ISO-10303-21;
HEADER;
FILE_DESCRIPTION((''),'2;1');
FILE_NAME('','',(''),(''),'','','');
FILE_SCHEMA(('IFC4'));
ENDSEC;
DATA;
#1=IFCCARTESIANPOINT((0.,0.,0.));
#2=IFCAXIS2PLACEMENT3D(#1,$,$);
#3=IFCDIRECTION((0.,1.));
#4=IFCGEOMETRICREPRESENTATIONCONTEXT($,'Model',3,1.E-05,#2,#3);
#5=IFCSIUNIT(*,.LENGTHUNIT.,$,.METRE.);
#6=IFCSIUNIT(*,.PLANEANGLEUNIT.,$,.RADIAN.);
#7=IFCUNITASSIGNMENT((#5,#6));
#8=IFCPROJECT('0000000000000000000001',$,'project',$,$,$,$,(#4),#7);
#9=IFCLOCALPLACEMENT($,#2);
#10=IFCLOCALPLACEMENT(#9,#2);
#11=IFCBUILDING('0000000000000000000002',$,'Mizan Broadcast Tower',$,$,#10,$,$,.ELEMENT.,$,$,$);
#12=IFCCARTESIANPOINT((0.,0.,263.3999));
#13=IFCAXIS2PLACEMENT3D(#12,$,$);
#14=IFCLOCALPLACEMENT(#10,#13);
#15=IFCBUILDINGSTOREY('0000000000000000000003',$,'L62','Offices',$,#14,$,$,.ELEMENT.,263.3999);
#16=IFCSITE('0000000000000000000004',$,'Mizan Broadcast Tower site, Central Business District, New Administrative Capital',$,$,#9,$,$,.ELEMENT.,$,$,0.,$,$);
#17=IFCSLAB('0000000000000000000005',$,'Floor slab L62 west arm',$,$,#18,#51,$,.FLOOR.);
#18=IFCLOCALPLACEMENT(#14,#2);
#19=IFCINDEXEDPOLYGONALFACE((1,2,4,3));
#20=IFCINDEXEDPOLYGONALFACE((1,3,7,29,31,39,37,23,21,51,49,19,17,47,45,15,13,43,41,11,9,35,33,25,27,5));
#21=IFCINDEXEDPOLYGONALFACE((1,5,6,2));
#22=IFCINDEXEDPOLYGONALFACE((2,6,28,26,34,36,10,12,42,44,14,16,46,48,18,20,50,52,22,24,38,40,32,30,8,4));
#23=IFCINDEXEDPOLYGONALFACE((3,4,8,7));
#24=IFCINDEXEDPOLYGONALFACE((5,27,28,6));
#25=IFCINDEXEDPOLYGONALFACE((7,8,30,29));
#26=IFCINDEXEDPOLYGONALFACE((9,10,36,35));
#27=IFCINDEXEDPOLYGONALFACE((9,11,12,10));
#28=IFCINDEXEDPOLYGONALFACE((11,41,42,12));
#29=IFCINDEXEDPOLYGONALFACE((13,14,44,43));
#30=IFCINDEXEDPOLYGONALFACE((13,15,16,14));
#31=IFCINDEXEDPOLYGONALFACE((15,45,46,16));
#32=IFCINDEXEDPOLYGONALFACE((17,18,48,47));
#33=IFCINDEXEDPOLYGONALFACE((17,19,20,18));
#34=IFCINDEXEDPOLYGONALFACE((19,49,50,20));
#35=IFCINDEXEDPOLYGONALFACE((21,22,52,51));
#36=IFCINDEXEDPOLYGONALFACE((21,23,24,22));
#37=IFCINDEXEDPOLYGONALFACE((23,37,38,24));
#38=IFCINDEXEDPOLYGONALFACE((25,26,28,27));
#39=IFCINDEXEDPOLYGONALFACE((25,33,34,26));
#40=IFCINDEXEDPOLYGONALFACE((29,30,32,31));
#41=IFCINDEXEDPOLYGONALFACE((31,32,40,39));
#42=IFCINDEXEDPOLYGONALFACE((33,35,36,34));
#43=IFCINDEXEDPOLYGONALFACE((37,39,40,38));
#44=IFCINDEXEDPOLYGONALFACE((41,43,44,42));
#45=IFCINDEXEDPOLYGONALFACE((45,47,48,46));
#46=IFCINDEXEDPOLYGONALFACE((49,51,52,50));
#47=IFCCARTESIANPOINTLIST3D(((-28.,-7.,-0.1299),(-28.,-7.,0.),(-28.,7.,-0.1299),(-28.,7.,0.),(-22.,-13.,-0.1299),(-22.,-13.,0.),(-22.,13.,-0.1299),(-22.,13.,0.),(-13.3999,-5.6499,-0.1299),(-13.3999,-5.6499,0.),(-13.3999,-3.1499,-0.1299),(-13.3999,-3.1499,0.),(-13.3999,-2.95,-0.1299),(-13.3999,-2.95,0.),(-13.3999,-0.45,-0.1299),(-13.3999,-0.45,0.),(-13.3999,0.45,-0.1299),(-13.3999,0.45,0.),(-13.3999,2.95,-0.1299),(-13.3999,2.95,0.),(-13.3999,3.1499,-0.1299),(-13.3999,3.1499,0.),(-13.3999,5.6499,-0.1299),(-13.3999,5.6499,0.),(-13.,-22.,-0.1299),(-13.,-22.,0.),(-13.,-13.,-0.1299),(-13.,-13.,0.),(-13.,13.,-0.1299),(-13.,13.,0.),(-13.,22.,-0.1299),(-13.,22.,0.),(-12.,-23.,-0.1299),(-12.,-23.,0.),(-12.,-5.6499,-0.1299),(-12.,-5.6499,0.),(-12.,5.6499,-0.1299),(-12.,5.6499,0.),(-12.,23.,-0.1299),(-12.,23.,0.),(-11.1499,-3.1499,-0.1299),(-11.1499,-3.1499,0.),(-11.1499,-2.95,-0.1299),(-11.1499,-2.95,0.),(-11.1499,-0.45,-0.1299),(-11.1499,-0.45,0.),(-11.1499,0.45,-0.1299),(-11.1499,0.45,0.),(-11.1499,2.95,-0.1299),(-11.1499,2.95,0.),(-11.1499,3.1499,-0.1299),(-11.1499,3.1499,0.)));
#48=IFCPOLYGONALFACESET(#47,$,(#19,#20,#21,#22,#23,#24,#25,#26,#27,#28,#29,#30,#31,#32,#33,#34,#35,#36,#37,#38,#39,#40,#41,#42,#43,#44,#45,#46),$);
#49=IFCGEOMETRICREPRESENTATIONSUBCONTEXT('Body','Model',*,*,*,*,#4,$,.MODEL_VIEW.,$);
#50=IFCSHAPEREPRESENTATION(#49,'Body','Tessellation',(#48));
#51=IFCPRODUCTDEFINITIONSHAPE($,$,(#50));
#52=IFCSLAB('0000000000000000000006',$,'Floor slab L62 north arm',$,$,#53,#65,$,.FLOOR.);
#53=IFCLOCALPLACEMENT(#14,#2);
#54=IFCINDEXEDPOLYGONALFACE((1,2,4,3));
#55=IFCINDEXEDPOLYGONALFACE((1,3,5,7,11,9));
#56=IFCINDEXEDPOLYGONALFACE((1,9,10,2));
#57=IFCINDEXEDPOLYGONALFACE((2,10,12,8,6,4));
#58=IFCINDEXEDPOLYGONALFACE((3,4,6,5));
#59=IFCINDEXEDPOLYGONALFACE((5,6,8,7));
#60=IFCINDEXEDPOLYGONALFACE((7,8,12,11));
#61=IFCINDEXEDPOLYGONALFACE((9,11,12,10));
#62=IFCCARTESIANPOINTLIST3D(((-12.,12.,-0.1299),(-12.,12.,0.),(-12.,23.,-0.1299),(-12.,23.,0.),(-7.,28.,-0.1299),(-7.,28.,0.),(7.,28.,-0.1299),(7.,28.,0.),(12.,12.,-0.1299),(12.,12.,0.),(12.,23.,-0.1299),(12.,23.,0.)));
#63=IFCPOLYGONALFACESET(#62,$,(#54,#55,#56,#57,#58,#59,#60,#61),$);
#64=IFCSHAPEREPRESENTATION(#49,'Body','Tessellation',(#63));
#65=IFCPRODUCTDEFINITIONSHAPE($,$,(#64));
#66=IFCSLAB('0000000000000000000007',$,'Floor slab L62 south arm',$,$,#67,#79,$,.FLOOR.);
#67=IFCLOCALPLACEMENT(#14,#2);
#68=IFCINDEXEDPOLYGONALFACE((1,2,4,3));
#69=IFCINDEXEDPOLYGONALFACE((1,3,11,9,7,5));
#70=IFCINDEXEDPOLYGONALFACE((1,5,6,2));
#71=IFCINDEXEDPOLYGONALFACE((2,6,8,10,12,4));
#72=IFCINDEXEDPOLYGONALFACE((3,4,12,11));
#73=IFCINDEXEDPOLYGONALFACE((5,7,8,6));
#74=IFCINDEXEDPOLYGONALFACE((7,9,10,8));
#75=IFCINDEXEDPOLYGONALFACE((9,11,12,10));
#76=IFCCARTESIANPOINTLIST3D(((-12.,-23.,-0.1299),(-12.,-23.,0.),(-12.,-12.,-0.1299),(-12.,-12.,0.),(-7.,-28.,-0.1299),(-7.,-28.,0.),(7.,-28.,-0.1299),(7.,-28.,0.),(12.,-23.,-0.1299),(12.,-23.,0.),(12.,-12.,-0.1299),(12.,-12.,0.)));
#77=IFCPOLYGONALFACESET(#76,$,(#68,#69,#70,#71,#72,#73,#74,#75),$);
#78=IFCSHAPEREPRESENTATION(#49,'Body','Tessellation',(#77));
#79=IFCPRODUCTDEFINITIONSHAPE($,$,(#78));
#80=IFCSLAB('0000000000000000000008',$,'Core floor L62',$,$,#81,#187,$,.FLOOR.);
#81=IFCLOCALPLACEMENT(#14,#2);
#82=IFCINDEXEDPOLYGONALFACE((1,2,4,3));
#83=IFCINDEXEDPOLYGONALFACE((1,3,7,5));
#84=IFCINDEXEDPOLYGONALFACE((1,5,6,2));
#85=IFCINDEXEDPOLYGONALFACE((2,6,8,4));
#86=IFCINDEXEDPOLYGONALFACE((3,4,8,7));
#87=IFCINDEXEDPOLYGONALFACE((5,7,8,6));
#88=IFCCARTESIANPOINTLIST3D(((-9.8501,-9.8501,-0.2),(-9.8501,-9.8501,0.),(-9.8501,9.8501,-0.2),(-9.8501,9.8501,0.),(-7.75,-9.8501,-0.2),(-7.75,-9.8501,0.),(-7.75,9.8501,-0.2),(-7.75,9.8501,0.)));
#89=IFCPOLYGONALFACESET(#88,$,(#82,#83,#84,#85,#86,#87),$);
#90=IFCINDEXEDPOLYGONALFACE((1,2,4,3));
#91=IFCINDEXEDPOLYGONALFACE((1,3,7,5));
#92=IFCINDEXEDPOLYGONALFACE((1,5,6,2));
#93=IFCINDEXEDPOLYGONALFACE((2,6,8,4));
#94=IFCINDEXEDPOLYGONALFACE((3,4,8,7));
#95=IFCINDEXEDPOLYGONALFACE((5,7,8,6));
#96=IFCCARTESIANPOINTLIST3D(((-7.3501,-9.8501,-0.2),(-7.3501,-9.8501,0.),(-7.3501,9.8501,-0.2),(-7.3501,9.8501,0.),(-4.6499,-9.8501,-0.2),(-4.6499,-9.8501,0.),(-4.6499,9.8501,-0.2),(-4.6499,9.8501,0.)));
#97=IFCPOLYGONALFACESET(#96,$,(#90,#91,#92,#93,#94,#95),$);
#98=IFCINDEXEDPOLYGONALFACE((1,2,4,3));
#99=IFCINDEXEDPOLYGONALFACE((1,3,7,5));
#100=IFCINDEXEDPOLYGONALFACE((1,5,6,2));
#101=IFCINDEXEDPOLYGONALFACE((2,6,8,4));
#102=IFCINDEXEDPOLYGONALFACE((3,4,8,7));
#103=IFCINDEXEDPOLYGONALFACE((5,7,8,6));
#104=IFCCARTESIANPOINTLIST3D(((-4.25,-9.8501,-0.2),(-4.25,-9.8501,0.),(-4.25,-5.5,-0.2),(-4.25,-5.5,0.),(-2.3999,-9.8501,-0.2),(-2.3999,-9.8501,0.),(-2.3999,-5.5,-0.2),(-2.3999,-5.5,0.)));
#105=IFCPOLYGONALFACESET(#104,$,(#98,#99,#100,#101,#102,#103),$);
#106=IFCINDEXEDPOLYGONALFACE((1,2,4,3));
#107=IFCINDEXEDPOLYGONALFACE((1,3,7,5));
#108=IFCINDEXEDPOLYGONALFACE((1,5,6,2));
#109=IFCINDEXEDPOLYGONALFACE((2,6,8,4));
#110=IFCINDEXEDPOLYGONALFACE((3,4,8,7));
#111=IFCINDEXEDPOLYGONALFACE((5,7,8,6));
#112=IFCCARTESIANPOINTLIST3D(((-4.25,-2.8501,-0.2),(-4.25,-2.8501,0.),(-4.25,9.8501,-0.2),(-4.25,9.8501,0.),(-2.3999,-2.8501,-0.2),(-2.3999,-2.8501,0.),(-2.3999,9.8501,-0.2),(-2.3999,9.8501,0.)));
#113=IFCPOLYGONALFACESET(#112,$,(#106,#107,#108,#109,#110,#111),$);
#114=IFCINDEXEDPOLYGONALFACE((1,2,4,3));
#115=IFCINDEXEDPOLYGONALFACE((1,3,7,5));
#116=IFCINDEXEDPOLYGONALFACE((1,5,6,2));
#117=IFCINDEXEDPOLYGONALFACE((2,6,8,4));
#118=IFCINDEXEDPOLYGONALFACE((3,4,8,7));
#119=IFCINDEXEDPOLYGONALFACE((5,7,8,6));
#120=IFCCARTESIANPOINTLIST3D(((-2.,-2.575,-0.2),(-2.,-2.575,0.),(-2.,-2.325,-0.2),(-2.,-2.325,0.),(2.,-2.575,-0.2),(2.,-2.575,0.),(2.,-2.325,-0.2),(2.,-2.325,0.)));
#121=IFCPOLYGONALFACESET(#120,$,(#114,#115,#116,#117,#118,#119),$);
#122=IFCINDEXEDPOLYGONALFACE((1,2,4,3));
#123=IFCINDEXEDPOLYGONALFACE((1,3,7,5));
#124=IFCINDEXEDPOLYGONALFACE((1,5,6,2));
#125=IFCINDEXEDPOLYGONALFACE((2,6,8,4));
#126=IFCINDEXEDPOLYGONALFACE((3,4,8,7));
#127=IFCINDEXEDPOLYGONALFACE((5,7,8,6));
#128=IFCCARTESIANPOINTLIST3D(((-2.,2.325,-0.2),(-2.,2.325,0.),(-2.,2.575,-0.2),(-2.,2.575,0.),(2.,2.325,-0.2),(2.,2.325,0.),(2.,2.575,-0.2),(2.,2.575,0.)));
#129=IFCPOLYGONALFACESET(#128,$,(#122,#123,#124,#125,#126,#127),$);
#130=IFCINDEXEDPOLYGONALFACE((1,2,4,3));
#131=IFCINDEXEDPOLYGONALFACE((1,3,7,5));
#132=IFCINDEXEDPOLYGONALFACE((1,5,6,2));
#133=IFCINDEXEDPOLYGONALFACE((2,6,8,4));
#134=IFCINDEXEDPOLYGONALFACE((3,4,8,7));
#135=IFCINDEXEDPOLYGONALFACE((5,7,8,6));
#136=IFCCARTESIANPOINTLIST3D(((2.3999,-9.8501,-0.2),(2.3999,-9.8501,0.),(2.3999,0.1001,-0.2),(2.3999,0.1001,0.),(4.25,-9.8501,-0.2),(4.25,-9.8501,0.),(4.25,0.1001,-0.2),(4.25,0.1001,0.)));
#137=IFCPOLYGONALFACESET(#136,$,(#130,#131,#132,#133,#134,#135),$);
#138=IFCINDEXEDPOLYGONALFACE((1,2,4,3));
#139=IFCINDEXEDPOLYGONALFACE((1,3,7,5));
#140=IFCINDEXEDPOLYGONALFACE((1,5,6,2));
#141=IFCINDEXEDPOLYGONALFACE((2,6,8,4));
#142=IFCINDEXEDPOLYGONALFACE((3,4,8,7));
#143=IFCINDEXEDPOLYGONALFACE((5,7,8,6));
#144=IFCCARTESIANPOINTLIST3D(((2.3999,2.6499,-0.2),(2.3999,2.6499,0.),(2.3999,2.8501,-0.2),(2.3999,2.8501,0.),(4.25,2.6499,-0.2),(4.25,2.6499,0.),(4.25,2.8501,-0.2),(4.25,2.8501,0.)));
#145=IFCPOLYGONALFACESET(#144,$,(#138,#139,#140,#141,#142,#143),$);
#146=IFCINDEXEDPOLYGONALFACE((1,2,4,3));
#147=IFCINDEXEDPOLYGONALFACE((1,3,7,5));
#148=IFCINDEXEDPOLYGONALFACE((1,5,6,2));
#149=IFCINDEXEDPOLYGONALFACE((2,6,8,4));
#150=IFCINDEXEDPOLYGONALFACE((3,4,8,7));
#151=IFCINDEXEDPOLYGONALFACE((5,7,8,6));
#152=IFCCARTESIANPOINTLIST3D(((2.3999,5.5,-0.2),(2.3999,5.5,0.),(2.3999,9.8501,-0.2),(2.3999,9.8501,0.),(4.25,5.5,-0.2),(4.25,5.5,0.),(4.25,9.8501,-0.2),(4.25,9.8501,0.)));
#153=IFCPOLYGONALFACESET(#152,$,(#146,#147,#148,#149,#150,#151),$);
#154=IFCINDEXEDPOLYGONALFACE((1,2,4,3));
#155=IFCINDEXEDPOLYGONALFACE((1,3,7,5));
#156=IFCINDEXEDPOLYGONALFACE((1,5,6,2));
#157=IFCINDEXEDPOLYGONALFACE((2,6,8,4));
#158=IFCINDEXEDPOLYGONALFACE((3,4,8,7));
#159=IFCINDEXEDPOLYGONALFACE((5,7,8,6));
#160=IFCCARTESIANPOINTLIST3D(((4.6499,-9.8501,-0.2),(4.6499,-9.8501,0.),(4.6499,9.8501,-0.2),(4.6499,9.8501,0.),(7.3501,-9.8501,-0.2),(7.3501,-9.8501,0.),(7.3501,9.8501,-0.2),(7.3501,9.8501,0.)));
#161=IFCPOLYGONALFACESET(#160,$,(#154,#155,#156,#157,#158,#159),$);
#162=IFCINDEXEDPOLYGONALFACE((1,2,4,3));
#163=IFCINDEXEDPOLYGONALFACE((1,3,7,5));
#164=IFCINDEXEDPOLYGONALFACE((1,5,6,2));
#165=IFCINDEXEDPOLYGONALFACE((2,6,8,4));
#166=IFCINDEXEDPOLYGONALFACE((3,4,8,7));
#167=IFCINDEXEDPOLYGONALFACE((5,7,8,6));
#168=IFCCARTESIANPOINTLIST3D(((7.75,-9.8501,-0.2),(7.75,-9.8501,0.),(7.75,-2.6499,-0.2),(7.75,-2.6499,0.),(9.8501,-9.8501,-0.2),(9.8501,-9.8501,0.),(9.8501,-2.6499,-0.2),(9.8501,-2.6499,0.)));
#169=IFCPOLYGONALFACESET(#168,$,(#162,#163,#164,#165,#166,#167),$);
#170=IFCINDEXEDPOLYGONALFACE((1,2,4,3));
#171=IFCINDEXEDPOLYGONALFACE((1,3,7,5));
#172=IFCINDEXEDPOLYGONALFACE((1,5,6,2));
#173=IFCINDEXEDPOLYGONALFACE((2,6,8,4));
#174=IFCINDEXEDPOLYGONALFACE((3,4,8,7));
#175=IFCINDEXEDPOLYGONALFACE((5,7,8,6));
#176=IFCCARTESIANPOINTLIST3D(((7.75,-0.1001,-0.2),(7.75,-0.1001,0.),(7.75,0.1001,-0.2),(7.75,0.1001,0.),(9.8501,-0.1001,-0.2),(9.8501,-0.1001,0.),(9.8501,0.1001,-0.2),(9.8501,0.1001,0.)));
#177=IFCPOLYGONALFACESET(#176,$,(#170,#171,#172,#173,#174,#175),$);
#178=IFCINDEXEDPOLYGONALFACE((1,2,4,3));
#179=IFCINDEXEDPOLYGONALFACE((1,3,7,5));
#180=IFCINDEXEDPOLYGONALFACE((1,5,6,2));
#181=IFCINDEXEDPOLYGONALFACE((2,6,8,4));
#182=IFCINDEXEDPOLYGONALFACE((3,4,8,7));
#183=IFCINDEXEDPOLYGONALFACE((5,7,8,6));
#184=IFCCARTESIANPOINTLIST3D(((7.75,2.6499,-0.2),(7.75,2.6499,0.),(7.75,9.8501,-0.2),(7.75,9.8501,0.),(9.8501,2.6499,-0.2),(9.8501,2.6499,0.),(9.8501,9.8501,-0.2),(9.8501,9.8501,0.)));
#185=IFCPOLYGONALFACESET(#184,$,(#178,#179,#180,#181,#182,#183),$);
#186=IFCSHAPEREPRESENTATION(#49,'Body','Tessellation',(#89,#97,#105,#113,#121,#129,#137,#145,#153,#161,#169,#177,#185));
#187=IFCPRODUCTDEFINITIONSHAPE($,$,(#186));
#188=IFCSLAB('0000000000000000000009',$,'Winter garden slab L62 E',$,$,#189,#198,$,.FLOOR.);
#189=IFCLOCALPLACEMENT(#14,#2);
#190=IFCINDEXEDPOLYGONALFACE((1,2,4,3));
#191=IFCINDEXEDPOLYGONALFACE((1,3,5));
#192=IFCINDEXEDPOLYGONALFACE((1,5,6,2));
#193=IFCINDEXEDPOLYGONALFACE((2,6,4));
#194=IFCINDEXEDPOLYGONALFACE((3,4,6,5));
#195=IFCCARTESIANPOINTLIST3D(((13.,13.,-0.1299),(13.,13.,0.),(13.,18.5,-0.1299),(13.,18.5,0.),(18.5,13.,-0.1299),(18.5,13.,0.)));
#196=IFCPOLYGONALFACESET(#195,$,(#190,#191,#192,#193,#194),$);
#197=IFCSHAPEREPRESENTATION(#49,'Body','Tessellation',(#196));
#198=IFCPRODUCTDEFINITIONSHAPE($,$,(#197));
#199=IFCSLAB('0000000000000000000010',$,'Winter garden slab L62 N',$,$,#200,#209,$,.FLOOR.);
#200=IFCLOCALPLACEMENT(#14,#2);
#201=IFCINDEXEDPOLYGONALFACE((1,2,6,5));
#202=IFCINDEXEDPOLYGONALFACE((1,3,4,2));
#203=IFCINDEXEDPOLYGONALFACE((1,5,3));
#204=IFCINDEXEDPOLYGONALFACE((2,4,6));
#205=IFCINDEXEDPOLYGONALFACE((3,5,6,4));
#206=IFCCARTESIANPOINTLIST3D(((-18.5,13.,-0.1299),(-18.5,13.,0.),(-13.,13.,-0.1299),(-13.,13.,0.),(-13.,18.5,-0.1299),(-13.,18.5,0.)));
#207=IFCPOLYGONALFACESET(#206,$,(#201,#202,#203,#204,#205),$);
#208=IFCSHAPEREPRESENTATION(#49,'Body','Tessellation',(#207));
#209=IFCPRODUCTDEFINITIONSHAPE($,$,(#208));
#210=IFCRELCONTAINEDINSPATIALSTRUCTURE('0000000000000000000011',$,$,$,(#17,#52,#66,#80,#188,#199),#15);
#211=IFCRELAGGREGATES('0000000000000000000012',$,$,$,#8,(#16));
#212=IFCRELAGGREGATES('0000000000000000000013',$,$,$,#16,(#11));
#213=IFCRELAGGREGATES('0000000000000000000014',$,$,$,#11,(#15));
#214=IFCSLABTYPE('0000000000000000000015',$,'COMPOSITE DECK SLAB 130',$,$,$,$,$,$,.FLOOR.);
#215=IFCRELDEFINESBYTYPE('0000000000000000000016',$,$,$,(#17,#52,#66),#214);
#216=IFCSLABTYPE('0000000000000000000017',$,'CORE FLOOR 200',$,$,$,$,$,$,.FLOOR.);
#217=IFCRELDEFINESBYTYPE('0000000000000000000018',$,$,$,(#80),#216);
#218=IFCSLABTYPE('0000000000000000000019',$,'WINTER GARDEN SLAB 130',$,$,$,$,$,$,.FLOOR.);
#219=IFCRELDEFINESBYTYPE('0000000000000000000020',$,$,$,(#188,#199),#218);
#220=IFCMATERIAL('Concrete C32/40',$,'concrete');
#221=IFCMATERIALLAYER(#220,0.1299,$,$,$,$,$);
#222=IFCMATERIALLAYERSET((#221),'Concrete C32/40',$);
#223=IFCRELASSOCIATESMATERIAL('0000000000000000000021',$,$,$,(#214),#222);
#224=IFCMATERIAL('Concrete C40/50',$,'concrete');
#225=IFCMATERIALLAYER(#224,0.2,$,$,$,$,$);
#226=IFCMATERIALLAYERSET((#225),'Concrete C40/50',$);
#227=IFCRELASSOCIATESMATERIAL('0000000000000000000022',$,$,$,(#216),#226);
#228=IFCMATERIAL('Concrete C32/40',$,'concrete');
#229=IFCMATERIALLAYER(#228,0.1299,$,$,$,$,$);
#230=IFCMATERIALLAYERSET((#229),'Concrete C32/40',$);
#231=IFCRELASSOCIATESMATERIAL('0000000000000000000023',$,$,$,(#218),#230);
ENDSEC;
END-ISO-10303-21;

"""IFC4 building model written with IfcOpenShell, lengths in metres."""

from ifc_helpers import new_model, si_unit, direction, frame, origin, place, context, subcontext, project, spatial, polyline, outline, extrude, material, layer, layer_set, type_object, element, save


model = new_model("IFC4")

# Units and contexts
model_context = context("Model", 3, precision=1e-05, world=origin(), true_north=direction((0.0, 1.0)))
body_context = subcontext(model_context, "Body", "Model", "MODEL_VIEW")
ifc_project = project(units=[si_unit("LENGTHUNIT", "METRE"), si_unit("PLANEANGLEUNIT", "RADIAN")], contexts=[model_context])

# Site, building, storey
site_placement = place(None, origin())
site = spatial("IfcSite", under=ifc_project, at=site_placement, Name="Mizan Broadcast Tower site, Central Business District, New Administrative Capital", CompositionType="ELEMENT", RefElevation=0.0)
building_placement = place(site_placement, origin())
building = spatial("IfcBuilding", under=site, at=building_placement, Name="Mizan Broadcast Tower", CompositionType="ELEMENT")
storey_placement = place(building_placement, frame((0.0, 0.0, 263.3999)))
storey = spatial("IfcBuildingStorey", under=building, at=storey_placement, Name="L62", Description="Offices", CompositionType="ELEMENT", Elevation=263.3999)

# Slabs
ifc_material_1 = material(Name="Concrete C32/40", Category="concrete")
ifc_layer_1 = layer(ifc_material_1, 0.1299)
ifc_layer_set_1 = layer_set([ifc_layer_1], Name="Concrete C32/40")
slab_type_1 = type_object("IfcSlabType", Name="COMPOSITE DECK SLAB 130", PredefinedType="FLOOR", material=ifc_layer_set_1)
slab_1_placement = place(storey_placement, frame((0.0, 0.0, -0.1299)))
element("IfcSlab", 1, at=slab_1_placement, inside=storey, type_object=slab_type_1, Name="Floor slab L62 west arm", PredefinedType="FLOOR", context=body_context, shape_type="SweptSolid", body=[
    extrude(outline(polyline([(-22.0, 13.0), (-28.0, 7.0), (-28.0, -7.0), (-22.0, -13.0), (-13.0, -13.0), (-13.0, -22.0), (-12.0, -23.0), (-12.0, -5.6499), (-13.3999, -5.6499), (-13.3999, -3.1499), (-11.1499, -3.1499), (-11.1499, -2.95), (-13.3999, -2.95), (-13.3999, -0.45), (-11.1499, -0.45), (-11.1499, 0.45), (-13.3999, 0.45), (-13.3999, 2.95), (-11.1499, 2.95), (-11.1499, 3.1499), (-13.3999, 3.1499), (-13.3999, 5.6499), (-12.0, 5.6499), (-12.0, 23.0), (-13.0, 22.0), (-13.0, 13.0), (-22.0, 13.0)])), origin(), (0.0, 0.0, 1.0), 0.1299),
])
slab_2_placement = place(storey_placement, frame((0.0, 0.0, -0.1299)))
element("IfcSlab", 2, at=slab_2_placement, inside=storey, type_object=slab_type_1, Name="Floor slab L62 north arm", PredefinedType="FLOOR", context=body_context, shape_type="SweptSolid", body=[
    extrude(outline(polyline([(-7.0, 28.0), (-12.0, 23.0), (-12.0, 12.0), (12.0, 12.0), (12.0, 23.0), (7.0, 28.0), (-7.0, 28.0)])), origin(), (0.0, 0.0, 1.0), 0.1299),
])
slab_3_placement = place(storey_placement, frame((0.0, 0.0, -0.1299)))
element("IfcSlab", 3, at=slab_3_placement, inside=storey, type_object=slab_type_1, Name="Floor slab L62 south arm", PredefinedType="FLOOR", context=body_context, shape_type="SweptSolid", body=[
    extrude(outline(polyline([(7.0, -28.0), (12.0, -23.0), (12.0, -12.0), (-12.0, -12.0), (-12.0, -23.0), (-7.0, -28.0), (7.0, -28.0)])), origin(), (0.0, 0.0, 1.0), 0.1299),
])
ifc_material_2 = material(Name="Concrete C40/50", Category="concrete")
ifc_layer_2 = layer(ifc_material_2, 0.2)
ifc_layer_set_2 = layer_set([ifc_layer_2], Name="Concrete C40/50")
slab_type_2 = type_object("IfcSlabType", Name="CORE FLOOR 200", PredefinedType="FLOOR", material=ifc_layer_set_2)
slab_4_placement = place(storey_placement, frame((0.0, 0.0, -0.2)))
element("IfcSlab", 4, at=slab_4_placement, inside=storey, type_object=slab_type_2, Name="Core floor L62", PredefinedType="FLOOR", context=body_context, shape_type="SweptSolid", body=[
    extrude(outline(polyline([(-9.8501, -9.8501), (-7.75, -9.8501), (-7.75, 9.8501), (-9.8501, 9.8501), (-9.8501, -9.8501)])), origin(), (0.0, 0.0, 1.0), 0.2),
    extrude(outline(polyline([(-4.6499, 9.8501), (-7.3501, 9.8501), (-7.3501, -9.8501), (-4.6499, -9.8501), (-4.6499, 9.8501)])), origin(), (0.0, 0.0, 1.0), 0.2),
    extrude(outline(polyline([(-4.25, -5.5), (-4.25, -9.8501), (-2.3999, -9.8501), (-2.3999, -5.5), (-4.25, -5.5)])), origin(), (0.0, 0.0, 1.0), 0.2),
    extrude(outline(polyline([(-4.25, -2.8501), (-2.3999, -2.8501), (-2.3999, 9.8501), (-4.25, 9.8501), (-4.25, -2.8501)])), origin(), (0.0, 0.0, 1.0), 0.2),
    extrude(outline(polyline([(2.0, -2.325), (-2.0, -2.325), (-2.0, -2.575), (2.0, -2.575), (2.0, -2.325)])), origin(), (0.0, 0.0, 1.0), 0.2),
    extrude(outline(polyline([(2.0, 2.575), (-2.0, 2.575), (-2.0, 2.325), (2.0, 2.325), (2.0, 2.575)])), origin(), (0.0, 0.0, 1.0), 0.2),
    extrude(outline(polyline([(4.25, -9.8501), (4.25, 0.1001), (2.3999, 0.1001), (2.3999, -9.8501), (4.25, -9.8501)])), origin(), (0.0, 0.0, 1.0), 0.2),
    extrude(outline(polyline([(4.25, 2.6499), (4.25, 2.8501), (2.3999, 2.8501), (2.3999, 2.6499), (4.25, 2.6499)])), origin(), (0.0, 0.0, 1.0), 0.2),
    extrude(outline(polyline([(4.25, 5.5), (4.25, 9.8501), (2.3999, 9.8501), (2.3999, 5.5), (4.25, 5.5)])), origin(), (0.0, 0.0, 1.0), 0.2),
    extrude(outline(polyline([(4.6499, 9.8501), (4.6499, -9.8501), (7.3501, -9.8501), (7.3501, 9.8501), (4.6499, 9.8501)])), origin(), (0.0, 0.0, 1.0), 0.2),
    extrude(outline(polyline([(9.8501, -9.8501), (9.8501, -2.6499), (7.75, -2.6499), (7.75, -9.8501), (9.8501, -9.8501)])), origin(), (0.0, 0.0, 1.0), 0.2),
    extrude(outline(polyline([(9.8501, -0.1001), (9.8501, 0.1001), (7.75, 0.1001), (7.75, -0.1001), (9.8501, -0.1001)])), origin(), (0.0, 0.0, 1.0), 0.2),
    extrude(outline(polyline([(7.75, 9.8501), (7.75, 2.6499), (9.8501, 2.6499), (9.8501, 9.8501), (7.75, 9.8501)])), origin(), (0.0, 0.0, 1.0), 0.2),
])
ifc_material_3 = material(Name="Concrete C32/40", Category="concrete")
ifc_layer_3 = layer(ifc_material_3, 0.1299)
ifc_layer_set_3 = layer_set([ifc_layer_3], Name="Concrete C32/40")
slab_type_3 = type_object("IfcSlabType", Name="WINTER GARDEN SLAB 130", PredefinedType="FLOOR", material=ifc_layer_set_3)
slab_5_placement = place(storey_placement, frame((0.0, 0.0, -0.1299)))
element("IfcSlab", 5, at=slab_5_placement, inside=storey, type_object=slab_type_3, Name="Winter garden slab L62 E", PredefinedType="FLOOR", context=body_context, shape_type="SweptSolid", body=[
    extrude(outline(polyline([(13.0, 13.0), (18.5, 13.0), (13.0, 18.5), (13.0, 13.0)])), origin(), (0.0, 0.0, 1.0), 0.1299),
])
slab_6_placement = place(storey_placement, frame((0.0, 0.0, -0.1299)))
element("IfcSlab", 6, at=slab_6_placement, inside=storey, type_object=slab_type_3, Name="Winter garden slab L62 N", PredefinedType="FLOOR", context=body_context, shape_type="SweptSolid", body=[
    extrude(outline(polyline([(-13.0, 13.0), (-13.0, 18.5), (-18.5, 13.0), (-13.0, 13.0)])), origin(), (0.0, 0.0, 1.0), 0.1299),
])

save(model, "model.ifc")
